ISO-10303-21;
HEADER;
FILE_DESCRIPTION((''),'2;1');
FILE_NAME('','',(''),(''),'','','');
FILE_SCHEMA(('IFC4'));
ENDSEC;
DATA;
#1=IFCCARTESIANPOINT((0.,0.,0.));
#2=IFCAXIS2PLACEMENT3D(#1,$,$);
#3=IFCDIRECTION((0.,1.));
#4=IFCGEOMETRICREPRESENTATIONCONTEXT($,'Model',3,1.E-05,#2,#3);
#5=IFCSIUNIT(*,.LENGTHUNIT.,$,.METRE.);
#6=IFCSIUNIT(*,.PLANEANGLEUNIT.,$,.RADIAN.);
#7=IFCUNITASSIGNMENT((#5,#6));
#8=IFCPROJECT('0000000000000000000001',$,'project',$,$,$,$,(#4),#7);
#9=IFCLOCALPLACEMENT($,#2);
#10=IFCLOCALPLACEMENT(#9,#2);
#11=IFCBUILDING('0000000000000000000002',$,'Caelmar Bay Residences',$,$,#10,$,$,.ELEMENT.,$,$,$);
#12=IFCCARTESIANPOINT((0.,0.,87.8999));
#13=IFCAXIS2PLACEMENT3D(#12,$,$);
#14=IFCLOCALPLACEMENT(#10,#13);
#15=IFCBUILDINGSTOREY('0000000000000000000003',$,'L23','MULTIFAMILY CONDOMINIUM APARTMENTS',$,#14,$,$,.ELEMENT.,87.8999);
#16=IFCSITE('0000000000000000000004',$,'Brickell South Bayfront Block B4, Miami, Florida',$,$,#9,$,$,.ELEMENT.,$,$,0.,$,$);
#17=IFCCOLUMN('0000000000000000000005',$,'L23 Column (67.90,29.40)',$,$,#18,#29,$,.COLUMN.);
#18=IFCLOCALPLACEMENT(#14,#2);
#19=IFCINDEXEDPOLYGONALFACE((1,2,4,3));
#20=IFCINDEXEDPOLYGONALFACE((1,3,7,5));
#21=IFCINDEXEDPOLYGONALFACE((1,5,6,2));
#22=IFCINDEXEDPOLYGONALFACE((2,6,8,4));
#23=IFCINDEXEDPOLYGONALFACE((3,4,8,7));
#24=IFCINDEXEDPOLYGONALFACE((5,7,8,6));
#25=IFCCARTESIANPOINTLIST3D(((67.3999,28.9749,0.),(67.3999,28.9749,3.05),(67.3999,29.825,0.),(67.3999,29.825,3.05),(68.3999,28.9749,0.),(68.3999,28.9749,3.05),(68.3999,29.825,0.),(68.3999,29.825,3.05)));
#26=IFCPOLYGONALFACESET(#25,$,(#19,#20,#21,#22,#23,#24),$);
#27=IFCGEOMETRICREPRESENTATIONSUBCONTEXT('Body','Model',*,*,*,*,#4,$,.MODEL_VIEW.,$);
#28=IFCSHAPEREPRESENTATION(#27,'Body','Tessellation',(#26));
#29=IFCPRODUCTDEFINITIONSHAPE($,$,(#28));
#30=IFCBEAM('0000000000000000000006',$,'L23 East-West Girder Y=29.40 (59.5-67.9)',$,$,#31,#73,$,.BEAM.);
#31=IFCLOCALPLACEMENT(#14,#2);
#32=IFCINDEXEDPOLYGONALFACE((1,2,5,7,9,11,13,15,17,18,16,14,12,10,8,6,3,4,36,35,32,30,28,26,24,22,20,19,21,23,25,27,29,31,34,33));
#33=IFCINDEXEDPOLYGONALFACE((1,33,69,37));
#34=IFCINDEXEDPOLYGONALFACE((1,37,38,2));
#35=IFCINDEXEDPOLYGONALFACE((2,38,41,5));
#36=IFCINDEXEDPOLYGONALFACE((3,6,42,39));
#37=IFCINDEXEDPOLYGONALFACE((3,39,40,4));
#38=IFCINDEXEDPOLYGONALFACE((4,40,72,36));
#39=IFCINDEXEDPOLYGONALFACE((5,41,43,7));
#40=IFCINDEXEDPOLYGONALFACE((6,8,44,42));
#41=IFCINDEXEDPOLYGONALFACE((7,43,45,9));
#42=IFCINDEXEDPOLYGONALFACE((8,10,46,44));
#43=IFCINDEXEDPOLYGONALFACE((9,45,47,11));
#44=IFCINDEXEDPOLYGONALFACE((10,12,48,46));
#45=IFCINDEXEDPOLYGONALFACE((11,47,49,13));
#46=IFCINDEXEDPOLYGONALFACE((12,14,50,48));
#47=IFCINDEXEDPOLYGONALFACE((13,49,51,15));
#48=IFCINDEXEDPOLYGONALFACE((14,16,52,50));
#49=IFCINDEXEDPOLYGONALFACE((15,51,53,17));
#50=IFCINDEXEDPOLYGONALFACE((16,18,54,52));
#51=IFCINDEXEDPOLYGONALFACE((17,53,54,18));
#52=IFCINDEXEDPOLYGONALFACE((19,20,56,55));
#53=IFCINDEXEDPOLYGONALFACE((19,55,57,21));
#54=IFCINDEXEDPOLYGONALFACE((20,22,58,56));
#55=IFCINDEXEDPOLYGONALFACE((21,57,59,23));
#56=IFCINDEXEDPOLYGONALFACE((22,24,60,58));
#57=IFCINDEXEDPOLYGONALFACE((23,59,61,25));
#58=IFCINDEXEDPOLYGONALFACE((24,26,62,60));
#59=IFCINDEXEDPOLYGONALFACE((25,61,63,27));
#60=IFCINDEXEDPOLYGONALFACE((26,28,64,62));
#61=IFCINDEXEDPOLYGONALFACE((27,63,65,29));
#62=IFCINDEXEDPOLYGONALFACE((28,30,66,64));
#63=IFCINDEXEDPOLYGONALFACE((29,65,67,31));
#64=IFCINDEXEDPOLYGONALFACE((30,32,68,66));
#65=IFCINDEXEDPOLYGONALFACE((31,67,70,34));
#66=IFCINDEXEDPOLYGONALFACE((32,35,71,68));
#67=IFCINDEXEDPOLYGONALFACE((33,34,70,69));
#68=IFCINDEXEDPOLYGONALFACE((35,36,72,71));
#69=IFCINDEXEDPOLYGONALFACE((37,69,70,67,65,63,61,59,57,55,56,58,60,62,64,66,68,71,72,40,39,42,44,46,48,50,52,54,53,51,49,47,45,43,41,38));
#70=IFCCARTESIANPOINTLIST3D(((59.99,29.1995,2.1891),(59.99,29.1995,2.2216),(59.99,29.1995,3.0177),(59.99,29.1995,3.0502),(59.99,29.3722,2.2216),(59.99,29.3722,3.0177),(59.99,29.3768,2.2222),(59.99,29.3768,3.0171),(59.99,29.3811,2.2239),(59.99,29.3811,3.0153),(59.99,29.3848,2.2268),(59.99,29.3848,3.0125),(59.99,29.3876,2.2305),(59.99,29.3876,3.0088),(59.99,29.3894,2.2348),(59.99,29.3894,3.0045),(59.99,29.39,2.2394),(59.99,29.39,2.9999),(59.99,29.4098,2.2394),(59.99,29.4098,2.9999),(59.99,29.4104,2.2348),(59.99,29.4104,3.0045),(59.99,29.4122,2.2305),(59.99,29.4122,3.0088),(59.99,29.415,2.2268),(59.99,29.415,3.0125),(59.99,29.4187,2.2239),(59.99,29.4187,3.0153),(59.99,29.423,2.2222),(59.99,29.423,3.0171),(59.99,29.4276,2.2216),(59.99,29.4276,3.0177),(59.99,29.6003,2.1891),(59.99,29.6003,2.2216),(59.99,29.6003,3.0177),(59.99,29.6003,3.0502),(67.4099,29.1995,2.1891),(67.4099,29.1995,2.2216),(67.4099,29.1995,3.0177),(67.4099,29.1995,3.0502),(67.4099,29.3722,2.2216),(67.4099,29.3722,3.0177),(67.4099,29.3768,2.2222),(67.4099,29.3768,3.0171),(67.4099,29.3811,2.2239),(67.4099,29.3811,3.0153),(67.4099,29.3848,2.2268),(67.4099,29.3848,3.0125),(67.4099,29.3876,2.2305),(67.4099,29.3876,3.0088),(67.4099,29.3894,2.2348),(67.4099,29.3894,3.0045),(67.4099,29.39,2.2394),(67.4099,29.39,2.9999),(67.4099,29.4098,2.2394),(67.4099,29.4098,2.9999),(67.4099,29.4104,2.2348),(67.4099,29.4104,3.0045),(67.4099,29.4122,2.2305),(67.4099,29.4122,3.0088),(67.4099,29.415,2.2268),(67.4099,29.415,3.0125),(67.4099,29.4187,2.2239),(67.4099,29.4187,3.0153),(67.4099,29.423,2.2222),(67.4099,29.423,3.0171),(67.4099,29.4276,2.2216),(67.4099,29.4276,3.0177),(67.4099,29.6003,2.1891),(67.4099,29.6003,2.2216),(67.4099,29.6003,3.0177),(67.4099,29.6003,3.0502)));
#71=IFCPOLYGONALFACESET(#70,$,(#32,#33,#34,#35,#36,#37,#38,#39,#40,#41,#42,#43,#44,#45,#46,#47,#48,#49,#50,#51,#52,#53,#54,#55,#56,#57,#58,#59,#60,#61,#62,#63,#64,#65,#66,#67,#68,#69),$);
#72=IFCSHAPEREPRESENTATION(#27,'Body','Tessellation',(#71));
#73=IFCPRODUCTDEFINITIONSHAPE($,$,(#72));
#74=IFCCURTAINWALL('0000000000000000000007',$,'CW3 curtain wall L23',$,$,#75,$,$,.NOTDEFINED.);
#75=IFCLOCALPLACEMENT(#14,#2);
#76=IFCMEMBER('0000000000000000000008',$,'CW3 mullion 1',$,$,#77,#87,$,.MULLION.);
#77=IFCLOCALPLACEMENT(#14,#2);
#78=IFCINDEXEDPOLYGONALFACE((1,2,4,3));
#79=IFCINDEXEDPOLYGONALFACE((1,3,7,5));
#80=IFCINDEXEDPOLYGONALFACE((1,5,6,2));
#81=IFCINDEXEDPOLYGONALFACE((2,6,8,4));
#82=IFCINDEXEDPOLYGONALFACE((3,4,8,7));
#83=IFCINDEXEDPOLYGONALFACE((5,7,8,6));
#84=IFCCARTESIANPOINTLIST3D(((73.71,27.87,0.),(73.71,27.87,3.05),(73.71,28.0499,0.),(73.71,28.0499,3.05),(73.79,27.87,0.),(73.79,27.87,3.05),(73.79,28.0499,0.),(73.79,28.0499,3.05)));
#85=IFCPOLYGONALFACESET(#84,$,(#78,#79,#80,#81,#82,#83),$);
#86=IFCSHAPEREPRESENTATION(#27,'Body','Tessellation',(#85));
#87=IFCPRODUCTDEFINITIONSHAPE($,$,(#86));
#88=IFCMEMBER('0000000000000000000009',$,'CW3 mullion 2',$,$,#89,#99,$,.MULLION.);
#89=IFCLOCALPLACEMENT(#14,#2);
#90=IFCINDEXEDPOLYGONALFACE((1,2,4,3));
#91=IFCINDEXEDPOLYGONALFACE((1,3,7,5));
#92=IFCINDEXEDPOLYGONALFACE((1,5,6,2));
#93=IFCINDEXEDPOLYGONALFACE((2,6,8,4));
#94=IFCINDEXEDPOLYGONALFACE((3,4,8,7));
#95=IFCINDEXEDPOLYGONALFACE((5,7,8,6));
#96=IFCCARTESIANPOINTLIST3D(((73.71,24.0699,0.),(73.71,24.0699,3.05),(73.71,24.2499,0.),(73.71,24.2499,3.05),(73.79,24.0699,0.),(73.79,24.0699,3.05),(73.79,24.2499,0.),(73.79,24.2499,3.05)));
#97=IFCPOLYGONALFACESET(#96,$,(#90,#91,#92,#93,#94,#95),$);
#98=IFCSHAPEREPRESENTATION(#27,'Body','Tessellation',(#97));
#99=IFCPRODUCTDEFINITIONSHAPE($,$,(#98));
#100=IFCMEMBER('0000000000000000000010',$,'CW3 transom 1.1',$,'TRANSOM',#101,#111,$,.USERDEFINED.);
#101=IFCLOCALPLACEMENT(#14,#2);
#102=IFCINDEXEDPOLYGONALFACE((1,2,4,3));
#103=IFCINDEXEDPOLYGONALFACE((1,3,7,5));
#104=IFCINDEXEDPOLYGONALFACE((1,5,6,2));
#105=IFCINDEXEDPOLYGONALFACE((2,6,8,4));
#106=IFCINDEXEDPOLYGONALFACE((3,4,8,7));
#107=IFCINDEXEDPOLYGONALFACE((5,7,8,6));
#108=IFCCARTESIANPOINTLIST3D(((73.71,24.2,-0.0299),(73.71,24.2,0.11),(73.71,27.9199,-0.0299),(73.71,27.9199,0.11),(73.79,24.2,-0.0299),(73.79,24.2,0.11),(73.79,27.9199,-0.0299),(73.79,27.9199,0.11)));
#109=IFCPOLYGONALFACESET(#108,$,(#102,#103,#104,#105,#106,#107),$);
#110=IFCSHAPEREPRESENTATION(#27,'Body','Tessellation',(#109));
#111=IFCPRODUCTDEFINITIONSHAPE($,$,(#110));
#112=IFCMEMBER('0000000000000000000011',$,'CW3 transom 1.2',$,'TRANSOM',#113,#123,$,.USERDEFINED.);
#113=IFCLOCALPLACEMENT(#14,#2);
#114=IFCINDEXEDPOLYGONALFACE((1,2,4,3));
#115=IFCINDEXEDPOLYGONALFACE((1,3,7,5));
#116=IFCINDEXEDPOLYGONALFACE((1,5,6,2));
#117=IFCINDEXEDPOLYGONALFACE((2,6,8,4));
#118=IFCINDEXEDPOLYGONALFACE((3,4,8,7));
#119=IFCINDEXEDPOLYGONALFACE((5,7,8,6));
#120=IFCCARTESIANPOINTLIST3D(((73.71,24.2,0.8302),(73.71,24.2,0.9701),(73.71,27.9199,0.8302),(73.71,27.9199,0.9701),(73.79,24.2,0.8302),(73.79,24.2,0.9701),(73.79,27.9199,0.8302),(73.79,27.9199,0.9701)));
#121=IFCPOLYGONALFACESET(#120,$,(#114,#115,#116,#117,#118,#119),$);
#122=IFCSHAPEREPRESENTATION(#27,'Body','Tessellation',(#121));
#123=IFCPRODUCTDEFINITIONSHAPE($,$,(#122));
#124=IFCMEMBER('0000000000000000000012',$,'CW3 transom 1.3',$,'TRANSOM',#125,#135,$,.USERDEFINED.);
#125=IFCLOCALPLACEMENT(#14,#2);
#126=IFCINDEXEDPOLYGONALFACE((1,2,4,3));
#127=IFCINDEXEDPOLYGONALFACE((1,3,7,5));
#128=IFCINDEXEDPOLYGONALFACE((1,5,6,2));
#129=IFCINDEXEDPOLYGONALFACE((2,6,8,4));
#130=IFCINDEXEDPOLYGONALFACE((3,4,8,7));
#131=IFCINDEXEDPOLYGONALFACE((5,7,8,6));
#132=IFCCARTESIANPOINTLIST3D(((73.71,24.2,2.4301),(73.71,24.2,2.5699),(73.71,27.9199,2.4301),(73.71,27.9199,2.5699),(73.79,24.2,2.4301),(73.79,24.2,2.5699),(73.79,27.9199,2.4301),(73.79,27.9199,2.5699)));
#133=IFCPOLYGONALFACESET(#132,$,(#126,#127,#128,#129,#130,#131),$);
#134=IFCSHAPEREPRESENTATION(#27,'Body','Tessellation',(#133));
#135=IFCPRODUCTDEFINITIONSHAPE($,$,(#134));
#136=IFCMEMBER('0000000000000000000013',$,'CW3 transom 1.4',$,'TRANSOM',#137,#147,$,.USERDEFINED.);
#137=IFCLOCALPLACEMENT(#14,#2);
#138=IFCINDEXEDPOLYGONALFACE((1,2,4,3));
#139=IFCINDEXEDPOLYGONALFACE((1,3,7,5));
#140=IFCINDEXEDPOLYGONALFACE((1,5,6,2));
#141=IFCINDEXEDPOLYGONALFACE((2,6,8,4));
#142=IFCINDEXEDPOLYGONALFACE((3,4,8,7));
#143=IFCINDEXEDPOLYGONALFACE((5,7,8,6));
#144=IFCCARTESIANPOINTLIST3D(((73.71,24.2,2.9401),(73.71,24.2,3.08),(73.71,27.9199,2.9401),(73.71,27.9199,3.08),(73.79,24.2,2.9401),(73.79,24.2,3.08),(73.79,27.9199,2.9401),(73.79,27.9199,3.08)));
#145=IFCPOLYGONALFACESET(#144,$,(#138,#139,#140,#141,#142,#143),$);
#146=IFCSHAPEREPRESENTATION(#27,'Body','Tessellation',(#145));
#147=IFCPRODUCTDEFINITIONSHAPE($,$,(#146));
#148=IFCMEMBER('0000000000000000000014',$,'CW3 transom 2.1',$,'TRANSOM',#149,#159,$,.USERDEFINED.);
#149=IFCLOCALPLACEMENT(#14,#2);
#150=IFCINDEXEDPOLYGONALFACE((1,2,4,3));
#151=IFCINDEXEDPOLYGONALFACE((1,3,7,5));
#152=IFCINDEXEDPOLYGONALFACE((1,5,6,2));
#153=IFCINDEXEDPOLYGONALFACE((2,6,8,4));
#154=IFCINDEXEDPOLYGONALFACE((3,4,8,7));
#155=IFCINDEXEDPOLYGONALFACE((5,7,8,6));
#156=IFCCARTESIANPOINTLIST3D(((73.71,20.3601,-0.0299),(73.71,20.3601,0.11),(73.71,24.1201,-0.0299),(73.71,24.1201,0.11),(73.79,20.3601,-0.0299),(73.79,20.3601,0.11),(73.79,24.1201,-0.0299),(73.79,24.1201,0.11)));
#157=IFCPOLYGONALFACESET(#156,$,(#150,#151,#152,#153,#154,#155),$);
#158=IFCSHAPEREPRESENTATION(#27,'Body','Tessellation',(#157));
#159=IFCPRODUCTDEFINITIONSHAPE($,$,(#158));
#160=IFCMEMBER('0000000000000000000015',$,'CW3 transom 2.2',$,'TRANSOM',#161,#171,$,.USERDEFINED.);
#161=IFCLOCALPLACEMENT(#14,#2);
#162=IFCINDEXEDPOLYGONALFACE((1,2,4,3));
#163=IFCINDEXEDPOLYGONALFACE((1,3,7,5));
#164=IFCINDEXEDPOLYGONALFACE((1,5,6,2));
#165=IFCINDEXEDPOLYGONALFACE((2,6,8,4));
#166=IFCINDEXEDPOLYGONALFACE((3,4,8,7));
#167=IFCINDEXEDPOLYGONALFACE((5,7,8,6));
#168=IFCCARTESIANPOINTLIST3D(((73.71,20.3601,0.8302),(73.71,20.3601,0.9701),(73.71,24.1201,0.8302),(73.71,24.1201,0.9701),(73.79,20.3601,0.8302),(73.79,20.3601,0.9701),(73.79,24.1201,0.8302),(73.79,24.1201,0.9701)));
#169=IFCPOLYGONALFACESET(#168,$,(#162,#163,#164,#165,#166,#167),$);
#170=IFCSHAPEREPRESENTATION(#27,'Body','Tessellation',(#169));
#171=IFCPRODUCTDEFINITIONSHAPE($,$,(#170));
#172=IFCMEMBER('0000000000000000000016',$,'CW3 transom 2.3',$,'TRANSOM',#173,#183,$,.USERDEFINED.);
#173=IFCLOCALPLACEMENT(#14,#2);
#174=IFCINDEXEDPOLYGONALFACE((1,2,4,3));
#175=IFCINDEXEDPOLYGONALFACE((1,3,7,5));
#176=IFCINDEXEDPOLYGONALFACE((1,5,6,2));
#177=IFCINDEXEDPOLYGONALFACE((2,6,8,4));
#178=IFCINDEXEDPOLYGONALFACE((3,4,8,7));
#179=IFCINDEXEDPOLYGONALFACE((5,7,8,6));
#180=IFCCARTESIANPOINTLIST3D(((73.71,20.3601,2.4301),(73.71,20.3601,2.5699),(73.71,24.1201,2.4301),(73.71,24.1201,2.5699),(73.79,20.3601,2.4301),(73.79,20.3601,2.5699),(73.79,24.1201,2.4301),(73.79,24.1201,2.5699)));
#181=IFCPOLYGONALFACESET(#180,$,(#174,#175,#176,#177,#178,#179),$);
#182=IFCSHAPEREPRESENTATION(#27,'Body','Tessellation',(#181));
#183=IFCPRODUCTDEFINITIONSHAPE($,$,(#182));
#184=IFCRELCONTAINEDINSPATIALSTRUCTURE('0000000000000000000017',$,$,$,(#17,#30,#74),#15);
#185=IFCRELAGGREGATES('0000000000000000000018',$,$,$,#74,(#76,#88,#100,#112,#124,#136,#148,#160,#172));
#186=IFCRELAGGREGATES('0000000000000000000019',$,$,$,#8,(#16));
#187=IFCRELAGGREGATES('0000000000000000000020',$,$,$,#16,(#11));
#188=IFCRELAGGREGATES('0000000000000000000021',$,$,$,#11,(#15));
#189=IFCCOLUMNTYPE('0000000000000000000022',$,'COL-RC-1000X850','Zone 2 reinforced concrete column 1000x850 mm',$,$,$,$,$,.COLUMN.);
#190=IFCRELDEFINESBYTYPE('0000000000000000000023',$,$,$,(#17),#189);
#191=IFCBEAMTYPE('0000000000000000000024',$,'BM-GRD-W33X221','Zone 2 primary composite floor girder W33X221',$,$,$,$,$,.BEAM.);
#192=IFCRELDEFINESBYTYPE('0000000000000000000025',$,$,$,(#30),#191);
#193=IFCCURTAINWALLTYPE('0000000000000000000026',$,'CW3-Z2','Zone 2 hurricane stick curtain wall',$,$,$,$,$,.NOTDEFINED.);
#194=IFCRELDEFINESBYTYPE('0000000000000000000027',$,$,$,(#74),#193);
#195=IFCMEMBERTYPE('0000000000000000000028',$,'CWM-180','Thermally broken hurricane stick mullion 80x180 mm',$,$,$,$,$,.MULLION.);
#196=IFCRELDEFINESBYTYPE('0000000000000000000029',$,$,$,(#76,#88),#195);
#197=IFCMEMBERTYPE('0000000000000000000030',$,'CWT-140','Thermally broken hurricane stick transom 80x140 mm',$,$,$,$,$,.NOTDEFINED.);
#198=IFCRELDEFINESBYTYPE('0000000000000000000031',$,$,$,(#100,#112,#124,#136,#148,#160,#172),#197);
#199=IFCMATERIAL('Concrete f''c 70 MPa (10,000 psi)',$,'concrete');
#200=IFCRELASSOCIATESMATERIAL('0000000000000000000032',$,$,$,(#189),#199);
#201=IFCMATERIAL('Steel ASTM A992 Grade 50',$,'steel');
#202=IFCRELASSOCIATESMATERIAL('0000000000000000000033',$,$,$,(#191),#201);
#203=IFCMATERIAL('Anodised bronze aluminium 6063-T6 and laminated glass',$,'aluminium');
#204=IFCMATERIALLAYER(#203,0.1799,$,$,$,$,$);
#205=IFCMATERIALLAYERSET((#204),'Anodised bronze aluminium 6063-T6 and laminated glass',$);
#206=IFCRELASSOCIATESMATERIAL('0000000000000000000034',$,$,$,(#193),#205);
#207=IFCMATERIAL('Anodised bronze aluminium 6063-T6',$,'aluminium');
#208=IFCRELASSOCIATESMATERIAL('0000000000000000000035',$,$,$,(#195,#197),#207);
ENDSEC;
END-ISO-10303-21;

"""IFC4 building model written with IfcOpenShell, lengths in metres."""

from ifc_helpers import new_model, si_unit, direction, frame, origin, origin_2d, place, context, subcontext, project, spatial, rectangle, i_section, extrude, material, layer, layer_set, material_profile, profile_set, type_object, element, aggregate, save


model = new_model("IFC4")

# Units and contexts
model_context = context("Model", 3, precision=1e-05, world=origin(), true_north=direction((0.0, 1.0)))
body_context = subcontext(model_context, "Body", "Model", "MODEL_VIEW")
ifc_project = project(units=[si_unit("LENGTHUNIT", "METRE"), si_unit("PLANEANGLEUNIT", "RADIAN")], contexts=[model_context])

# Site, building, storey
site_placement = place(None, origin())
site = spatial("IfcSite", under=ifc_project, at=site_placement, Name="Brickell South Bayfront Block B4, Miami, Florida", CompositionType="ELEMENT", RefElevation=0.0)
building_placement = place(site_placement, origin())
building = spatial("IfcBuilding", under=site, at=building_placement, Name="Caelmar Bay Residences", CompositionType="ELEMENT")
storey_placement = place(building_placement, frame((0.0, 0.0, 87.8999)))
storey = spatial("IfcBuildingStorey", under=building, at=storey_placement, Name="L23", Description="MULTIFAMILY CONDOMINIUM APARTMENTS", CompositionType="ELEMENT", Elevation=87.8999)

# Column
ifc_material_1 = material(Name="Concrete f'c 70 MPa (10,000 psi)", Category="concrete")
ifc_material_profile_1 = material_profile(ifc_material_1, rectangle(XDim=1.0, YDim=0.8501, at=origin_2d()), Name="RC-COL-1000X850")
ifc_profile_set_1 = profile_set([ifc_material_profile_1], Name="Concrete f'c 70 MPa (10,000 psi)")
column_type = type_object("IfcColumnType", Name="COL-RC-1000X850", Description="Zone 2 reinforced concrete column 1000x850 mm", PredefinedType="COLUMN", material=ifc_profile_set_1)
column_placement = place(storey_placement, frame((67.8999, 29.3999, 0.0), z_axis=(0.0, 0.0, 1.0), x_axis=(1.0, 0.0, 0.0)))
element("IfcColumn", 1, at=column_placement, inside=storey, type_object=column_type, Name="L23 Column (67.90,29.40)", PredefinedType="COLUMN", context=body_context, shape_type="SweptSolid", body=[
    extrude(rectangle(XDim=1.0, YDim=0.8501, at=origin_2d()), origin(), (0.0, 0.0, 1.0), 3.05),
])

# Beam
ifc_material_2 = material(Name="Steel ASTM A992 Grade 50", Category="steel")
ifc_material_profile_2 = material_profile(ifc_material_2, i_section(OverallWidth=0.4009, OverallDepth=0.8611, WebThickness=0.0198, FlangeThickness=0.0325, FilletRadius=0.0178, at=origin_2d()), Name="W33X221")
ifc_profile_set_2 = profile_set([ifc_material_profile_2], Name="Steel ASTM A992 Grade 50")
beam_type = type_object("IfcBeamType", Name="BM-GRD-W33X221", Description="Zone 2 primary composite floor girder W33X221", PredefinedType="BEAM", material=ifc_profile_set_2)
beam_placement = place(storey_placement, frame((59.99, 29.3999, 2.6196), z_axis=(1.0, 0.0, 0.0), x_axis=(0.0, 1.0, 0.0)))
element("IfcBeam", 2, at=beam_placement, inside=storey, type_object=beam_type, Name="L23 East-West Girder Y=29.40 (59.5-67.9)", PredefinedType="BEAM", context=body_context, shape_type="SweptSolid", body=[
    extrude(i_section(OverallWidth=0.4009, OverallDepth=0.8611, WebThickness=0.0198, FlangeThickness=0.0325, FilletRadius=0.0178, at=origin_2d()), origin(), (0.0, 0.0, 1.0), 7.4199),
])

# Curtain wall, members
ifc_material_3 = material(Name="Anodised bronze aluminium 6063-T6 and laminated glass", Category="aluminium")
ifc_layer_1 = layer(ifc_material_3, 0.1799)
ifc_layer_set_1 = layer_set([ifc_layer_1], Name="Anodised bronze aluminium 6063-T6 and laminated glass")
curtain_wall_type = type_object("IfcCurtainWallType", Name="CW3-Z2", Description="Zone 2 hurricane stick curtain wall", PredefinedType="NOTDEFINED", material=ifc_layer_set_1)
curtain_wall_placement = place(storey_placement, origin())
curtain_wall = element("IfcCurtainWall", 3, at=curtain_wall_placement, inside=storey, type_object=curtain_wall_type, Name="CW3 curtain wall L23", PredefinedType="NOTDEFINED")
ifc_material_4 = material(Name="Anodised bronze aluminium 6063-T6", Category="aluminium")
ifc_material_profile_3 = material_profile(ifc_material_4, rectangle(XDim=0.0801, YDim=0.1799, at=origin_2d()), Name="CWM-80X180")
ifc_profile_set_3 = profile_set([ifc_material_profile_3], Name="Anodised bronze aluminium 6063-T6")
member_type_1 = type_object("IfcMemberType", Name="CWM-180", Description="Thermally broken hurricane stick mullion 80x180 mm", PredefinedType="MULLION", material=ifc_profile_set_3)
member_1_placement = place(storey_placement, frame((73.75, 27.96, 0.0), z_axis=(0.0, 0.0, 1.0), x_axis=(1.0, 0.0, 0.0)))
member_1 = element("IfcMember", 4, at=member_1_placement, type_object=member_type_1, Name="CW3 mullion 1", PredefinedType="MULLION", context=body_context, shape_type="SweptSolid", body=[
    extrude(rectangle(XDim=0.0801, YDim=0.1799, at=origin_2d()), origin(), (0.0, 0.0, 1.0), 3.05),
])
member_2_placement = place(storey_placement, frame((73.75, 24.1599, 0.0), z_axis=(0.0, 0.0, 1.0), x_axis=(1.0, 0.0, 0.0)))
member_2 = element("IfcMember", 5, at=member_2_placement, type_object=member_type_1, Name="CW3 mullion 2", PredefinedType="MULLION", context=body_context, shape_type="SweptSolid", body=[
    extrude(rectangle(XDim=0.0801, YDim=0.1799, at=origin_2d()), origin(), (0.0, 0.0, 1.0), 3.05),
])
ifc_material_profile_4 = material_profile(ifc_material_4, rectangle(XDim=0.0801, YDim=0.1399, at=origin_2d()), Name="CWT-80X140")
ifc_profile_set_4 = profile_set([ifc_material_profile_4], Name="Anodised bronze aluminium 6063-T6")
member_type_2 = type_object("IfcMemberType", Name="CWT-140", Description="Thermally broken hurricane stick transom 80x140 mm", PredefinedType="NOTDEFINED", material=ifc_profile_set_4)
member_3_placement = place(storey_placement, frame((73.75, 27.9199, 0.04), z_axis=(0.0, -1.0, 0.0), x_axis=(1.0, 0.0, 0.0)))
member_3 = element("IfcMember", 6, at=member_3_placement, type_object=member_type_2, Name="CW3 transom 1.1", ObjectType="TRANSOM", PredefinedType="USERDEFINED", context=body_context, shape_type="SweptSolid", body=[
    extrude(rectangle(XDim=0.0801, YDim=0.1399, at=origin_2d()), origin(), (0.0, 0.0, 1.0), 3.72),
])
member_4_placement = place(storey_placement, frame((73.75, 27.9199, 0.9001), z_axis=(0.0, -1.0, 0.0), x_axis=(1.0, 0.0, 0.0)))
member_4 = element("IfcMember", 7, at=member_4_placement, type_object=member_type_2, Name="CW3 transom 1.2", ObjectType="TRANSOM", PredefinedType="USERDEFINED", context=body_context, shape_type="SweptSolid", body=[
    extrude(rectangle(XDim=0.0801, YDim=0.1399, at=origin_2d()), origin(), (0.0, 0.0, 1.0), 3.72),
])
member_5_placement = place(storey_placement, frame((73.75, 27.9199, 2.5), z_axis=(0.0, -1.0, 0.0), x_axis=(1.0, 0.0, 0.0)))
member_5 = element("IfcMember", 8, at=member_5_placement, type_object=member_type_2, Name="CW3 transom 1.3", ObjectType="TRANSOM", PredefinedType="USERDEFINED", context=body_context, shape_type="SweptSolid", body=[
    extrude(rectangle(XDim=0.0801, YDim=0.1399, at=origin_2d()), origin(), (0.0, 0.0, 1.0), 3.72),
])
member_6_placement = place(storey_placement, frame((73.75, 27.9199, 3.01), z_axis=(0.0, -1.0, 0.0), x_axis=(1.0, 0.0, 0.0)))
member_6 = element("IfcMember", 9, at=member_6_placement, type_object=member_type_2, Name="CW3 transom 1.4", ObjectType="TRANSOM", PredefinedType="USERDEFINED", context=body_context, shape_type="SweptSolid", body=[
    extrude(rectangle(XDim=0.0801, YDim=0.1399, at=origin_2d()), origin(), (0.0, 0.0, 1.0), 3.72),
])
member_7_placement = place(storey_placement, frame((73.75, 24.1201, 0.04), z_axis=(0.0, -1.0, 0.0), x_axis=(1.0, 0.0, 0.0)))
member_7 = element("IfcMember", 10, at=member_7_placement, type_object=member_type_2, Name="CW3 transom 2.1", ObjectType="TRANSOM", PredefinedType="USERDEFINED", context=body_context, shape_type="SweptSolid", body=[
    extrude(rectangle(XDim=0.0801, YDim=0.1399, at=origin_2d()), origin(), (0.0, 0.0, 1.0), 3.76),
])
member_8_placement = place(storey_placement, frame((73.75, 24.1201, 0.9001), z_axis=(0.0, -1.0, 0.0), x_axis=(1.0, 0.0, 0.0)))
member_8 = element("IfcMember", 11, at=member_8_placement, type_object=member_type_2, Name="CW3 transom 2.2", ObjectType="TRANSOM", PredefinedType="USERDEFINED", context=body_context, shape_type="SweptSolid", body=[
    extrude(rectangle(XDim=0.0801, YDim=0.1399, at=origin_2d()), origin(), (0.0, 0.0, 1.0), 3.76),
])
member_9_placement = place(storey_placement, frame((73.75, 24.1201, 2.5), z_axis=(0.0, -1.0, 0.0), x_axis=(1.0, 0.0, 0.0)))
member_9 = element("IfcMember", 12, at=member_9_placement, type_object=member_type_2, Name="CW3 transom 2.3", ObjectType="TRANSOM", PredefinedType="USERDEFINED", context=body_context, shape_type="SweptSolid", body=[
    extrude(rectangle(XDim=0.0801, YDim=0.1399, at=origin_2d()), origin(), (0.0, 0.0, 1.0), 3.76),
])
aggregate(curtain_wall, [member_1, member_2, member_3, member_4, member_5, member_6, member_7, member_8, member_9])

save(model, "model.ifc")
